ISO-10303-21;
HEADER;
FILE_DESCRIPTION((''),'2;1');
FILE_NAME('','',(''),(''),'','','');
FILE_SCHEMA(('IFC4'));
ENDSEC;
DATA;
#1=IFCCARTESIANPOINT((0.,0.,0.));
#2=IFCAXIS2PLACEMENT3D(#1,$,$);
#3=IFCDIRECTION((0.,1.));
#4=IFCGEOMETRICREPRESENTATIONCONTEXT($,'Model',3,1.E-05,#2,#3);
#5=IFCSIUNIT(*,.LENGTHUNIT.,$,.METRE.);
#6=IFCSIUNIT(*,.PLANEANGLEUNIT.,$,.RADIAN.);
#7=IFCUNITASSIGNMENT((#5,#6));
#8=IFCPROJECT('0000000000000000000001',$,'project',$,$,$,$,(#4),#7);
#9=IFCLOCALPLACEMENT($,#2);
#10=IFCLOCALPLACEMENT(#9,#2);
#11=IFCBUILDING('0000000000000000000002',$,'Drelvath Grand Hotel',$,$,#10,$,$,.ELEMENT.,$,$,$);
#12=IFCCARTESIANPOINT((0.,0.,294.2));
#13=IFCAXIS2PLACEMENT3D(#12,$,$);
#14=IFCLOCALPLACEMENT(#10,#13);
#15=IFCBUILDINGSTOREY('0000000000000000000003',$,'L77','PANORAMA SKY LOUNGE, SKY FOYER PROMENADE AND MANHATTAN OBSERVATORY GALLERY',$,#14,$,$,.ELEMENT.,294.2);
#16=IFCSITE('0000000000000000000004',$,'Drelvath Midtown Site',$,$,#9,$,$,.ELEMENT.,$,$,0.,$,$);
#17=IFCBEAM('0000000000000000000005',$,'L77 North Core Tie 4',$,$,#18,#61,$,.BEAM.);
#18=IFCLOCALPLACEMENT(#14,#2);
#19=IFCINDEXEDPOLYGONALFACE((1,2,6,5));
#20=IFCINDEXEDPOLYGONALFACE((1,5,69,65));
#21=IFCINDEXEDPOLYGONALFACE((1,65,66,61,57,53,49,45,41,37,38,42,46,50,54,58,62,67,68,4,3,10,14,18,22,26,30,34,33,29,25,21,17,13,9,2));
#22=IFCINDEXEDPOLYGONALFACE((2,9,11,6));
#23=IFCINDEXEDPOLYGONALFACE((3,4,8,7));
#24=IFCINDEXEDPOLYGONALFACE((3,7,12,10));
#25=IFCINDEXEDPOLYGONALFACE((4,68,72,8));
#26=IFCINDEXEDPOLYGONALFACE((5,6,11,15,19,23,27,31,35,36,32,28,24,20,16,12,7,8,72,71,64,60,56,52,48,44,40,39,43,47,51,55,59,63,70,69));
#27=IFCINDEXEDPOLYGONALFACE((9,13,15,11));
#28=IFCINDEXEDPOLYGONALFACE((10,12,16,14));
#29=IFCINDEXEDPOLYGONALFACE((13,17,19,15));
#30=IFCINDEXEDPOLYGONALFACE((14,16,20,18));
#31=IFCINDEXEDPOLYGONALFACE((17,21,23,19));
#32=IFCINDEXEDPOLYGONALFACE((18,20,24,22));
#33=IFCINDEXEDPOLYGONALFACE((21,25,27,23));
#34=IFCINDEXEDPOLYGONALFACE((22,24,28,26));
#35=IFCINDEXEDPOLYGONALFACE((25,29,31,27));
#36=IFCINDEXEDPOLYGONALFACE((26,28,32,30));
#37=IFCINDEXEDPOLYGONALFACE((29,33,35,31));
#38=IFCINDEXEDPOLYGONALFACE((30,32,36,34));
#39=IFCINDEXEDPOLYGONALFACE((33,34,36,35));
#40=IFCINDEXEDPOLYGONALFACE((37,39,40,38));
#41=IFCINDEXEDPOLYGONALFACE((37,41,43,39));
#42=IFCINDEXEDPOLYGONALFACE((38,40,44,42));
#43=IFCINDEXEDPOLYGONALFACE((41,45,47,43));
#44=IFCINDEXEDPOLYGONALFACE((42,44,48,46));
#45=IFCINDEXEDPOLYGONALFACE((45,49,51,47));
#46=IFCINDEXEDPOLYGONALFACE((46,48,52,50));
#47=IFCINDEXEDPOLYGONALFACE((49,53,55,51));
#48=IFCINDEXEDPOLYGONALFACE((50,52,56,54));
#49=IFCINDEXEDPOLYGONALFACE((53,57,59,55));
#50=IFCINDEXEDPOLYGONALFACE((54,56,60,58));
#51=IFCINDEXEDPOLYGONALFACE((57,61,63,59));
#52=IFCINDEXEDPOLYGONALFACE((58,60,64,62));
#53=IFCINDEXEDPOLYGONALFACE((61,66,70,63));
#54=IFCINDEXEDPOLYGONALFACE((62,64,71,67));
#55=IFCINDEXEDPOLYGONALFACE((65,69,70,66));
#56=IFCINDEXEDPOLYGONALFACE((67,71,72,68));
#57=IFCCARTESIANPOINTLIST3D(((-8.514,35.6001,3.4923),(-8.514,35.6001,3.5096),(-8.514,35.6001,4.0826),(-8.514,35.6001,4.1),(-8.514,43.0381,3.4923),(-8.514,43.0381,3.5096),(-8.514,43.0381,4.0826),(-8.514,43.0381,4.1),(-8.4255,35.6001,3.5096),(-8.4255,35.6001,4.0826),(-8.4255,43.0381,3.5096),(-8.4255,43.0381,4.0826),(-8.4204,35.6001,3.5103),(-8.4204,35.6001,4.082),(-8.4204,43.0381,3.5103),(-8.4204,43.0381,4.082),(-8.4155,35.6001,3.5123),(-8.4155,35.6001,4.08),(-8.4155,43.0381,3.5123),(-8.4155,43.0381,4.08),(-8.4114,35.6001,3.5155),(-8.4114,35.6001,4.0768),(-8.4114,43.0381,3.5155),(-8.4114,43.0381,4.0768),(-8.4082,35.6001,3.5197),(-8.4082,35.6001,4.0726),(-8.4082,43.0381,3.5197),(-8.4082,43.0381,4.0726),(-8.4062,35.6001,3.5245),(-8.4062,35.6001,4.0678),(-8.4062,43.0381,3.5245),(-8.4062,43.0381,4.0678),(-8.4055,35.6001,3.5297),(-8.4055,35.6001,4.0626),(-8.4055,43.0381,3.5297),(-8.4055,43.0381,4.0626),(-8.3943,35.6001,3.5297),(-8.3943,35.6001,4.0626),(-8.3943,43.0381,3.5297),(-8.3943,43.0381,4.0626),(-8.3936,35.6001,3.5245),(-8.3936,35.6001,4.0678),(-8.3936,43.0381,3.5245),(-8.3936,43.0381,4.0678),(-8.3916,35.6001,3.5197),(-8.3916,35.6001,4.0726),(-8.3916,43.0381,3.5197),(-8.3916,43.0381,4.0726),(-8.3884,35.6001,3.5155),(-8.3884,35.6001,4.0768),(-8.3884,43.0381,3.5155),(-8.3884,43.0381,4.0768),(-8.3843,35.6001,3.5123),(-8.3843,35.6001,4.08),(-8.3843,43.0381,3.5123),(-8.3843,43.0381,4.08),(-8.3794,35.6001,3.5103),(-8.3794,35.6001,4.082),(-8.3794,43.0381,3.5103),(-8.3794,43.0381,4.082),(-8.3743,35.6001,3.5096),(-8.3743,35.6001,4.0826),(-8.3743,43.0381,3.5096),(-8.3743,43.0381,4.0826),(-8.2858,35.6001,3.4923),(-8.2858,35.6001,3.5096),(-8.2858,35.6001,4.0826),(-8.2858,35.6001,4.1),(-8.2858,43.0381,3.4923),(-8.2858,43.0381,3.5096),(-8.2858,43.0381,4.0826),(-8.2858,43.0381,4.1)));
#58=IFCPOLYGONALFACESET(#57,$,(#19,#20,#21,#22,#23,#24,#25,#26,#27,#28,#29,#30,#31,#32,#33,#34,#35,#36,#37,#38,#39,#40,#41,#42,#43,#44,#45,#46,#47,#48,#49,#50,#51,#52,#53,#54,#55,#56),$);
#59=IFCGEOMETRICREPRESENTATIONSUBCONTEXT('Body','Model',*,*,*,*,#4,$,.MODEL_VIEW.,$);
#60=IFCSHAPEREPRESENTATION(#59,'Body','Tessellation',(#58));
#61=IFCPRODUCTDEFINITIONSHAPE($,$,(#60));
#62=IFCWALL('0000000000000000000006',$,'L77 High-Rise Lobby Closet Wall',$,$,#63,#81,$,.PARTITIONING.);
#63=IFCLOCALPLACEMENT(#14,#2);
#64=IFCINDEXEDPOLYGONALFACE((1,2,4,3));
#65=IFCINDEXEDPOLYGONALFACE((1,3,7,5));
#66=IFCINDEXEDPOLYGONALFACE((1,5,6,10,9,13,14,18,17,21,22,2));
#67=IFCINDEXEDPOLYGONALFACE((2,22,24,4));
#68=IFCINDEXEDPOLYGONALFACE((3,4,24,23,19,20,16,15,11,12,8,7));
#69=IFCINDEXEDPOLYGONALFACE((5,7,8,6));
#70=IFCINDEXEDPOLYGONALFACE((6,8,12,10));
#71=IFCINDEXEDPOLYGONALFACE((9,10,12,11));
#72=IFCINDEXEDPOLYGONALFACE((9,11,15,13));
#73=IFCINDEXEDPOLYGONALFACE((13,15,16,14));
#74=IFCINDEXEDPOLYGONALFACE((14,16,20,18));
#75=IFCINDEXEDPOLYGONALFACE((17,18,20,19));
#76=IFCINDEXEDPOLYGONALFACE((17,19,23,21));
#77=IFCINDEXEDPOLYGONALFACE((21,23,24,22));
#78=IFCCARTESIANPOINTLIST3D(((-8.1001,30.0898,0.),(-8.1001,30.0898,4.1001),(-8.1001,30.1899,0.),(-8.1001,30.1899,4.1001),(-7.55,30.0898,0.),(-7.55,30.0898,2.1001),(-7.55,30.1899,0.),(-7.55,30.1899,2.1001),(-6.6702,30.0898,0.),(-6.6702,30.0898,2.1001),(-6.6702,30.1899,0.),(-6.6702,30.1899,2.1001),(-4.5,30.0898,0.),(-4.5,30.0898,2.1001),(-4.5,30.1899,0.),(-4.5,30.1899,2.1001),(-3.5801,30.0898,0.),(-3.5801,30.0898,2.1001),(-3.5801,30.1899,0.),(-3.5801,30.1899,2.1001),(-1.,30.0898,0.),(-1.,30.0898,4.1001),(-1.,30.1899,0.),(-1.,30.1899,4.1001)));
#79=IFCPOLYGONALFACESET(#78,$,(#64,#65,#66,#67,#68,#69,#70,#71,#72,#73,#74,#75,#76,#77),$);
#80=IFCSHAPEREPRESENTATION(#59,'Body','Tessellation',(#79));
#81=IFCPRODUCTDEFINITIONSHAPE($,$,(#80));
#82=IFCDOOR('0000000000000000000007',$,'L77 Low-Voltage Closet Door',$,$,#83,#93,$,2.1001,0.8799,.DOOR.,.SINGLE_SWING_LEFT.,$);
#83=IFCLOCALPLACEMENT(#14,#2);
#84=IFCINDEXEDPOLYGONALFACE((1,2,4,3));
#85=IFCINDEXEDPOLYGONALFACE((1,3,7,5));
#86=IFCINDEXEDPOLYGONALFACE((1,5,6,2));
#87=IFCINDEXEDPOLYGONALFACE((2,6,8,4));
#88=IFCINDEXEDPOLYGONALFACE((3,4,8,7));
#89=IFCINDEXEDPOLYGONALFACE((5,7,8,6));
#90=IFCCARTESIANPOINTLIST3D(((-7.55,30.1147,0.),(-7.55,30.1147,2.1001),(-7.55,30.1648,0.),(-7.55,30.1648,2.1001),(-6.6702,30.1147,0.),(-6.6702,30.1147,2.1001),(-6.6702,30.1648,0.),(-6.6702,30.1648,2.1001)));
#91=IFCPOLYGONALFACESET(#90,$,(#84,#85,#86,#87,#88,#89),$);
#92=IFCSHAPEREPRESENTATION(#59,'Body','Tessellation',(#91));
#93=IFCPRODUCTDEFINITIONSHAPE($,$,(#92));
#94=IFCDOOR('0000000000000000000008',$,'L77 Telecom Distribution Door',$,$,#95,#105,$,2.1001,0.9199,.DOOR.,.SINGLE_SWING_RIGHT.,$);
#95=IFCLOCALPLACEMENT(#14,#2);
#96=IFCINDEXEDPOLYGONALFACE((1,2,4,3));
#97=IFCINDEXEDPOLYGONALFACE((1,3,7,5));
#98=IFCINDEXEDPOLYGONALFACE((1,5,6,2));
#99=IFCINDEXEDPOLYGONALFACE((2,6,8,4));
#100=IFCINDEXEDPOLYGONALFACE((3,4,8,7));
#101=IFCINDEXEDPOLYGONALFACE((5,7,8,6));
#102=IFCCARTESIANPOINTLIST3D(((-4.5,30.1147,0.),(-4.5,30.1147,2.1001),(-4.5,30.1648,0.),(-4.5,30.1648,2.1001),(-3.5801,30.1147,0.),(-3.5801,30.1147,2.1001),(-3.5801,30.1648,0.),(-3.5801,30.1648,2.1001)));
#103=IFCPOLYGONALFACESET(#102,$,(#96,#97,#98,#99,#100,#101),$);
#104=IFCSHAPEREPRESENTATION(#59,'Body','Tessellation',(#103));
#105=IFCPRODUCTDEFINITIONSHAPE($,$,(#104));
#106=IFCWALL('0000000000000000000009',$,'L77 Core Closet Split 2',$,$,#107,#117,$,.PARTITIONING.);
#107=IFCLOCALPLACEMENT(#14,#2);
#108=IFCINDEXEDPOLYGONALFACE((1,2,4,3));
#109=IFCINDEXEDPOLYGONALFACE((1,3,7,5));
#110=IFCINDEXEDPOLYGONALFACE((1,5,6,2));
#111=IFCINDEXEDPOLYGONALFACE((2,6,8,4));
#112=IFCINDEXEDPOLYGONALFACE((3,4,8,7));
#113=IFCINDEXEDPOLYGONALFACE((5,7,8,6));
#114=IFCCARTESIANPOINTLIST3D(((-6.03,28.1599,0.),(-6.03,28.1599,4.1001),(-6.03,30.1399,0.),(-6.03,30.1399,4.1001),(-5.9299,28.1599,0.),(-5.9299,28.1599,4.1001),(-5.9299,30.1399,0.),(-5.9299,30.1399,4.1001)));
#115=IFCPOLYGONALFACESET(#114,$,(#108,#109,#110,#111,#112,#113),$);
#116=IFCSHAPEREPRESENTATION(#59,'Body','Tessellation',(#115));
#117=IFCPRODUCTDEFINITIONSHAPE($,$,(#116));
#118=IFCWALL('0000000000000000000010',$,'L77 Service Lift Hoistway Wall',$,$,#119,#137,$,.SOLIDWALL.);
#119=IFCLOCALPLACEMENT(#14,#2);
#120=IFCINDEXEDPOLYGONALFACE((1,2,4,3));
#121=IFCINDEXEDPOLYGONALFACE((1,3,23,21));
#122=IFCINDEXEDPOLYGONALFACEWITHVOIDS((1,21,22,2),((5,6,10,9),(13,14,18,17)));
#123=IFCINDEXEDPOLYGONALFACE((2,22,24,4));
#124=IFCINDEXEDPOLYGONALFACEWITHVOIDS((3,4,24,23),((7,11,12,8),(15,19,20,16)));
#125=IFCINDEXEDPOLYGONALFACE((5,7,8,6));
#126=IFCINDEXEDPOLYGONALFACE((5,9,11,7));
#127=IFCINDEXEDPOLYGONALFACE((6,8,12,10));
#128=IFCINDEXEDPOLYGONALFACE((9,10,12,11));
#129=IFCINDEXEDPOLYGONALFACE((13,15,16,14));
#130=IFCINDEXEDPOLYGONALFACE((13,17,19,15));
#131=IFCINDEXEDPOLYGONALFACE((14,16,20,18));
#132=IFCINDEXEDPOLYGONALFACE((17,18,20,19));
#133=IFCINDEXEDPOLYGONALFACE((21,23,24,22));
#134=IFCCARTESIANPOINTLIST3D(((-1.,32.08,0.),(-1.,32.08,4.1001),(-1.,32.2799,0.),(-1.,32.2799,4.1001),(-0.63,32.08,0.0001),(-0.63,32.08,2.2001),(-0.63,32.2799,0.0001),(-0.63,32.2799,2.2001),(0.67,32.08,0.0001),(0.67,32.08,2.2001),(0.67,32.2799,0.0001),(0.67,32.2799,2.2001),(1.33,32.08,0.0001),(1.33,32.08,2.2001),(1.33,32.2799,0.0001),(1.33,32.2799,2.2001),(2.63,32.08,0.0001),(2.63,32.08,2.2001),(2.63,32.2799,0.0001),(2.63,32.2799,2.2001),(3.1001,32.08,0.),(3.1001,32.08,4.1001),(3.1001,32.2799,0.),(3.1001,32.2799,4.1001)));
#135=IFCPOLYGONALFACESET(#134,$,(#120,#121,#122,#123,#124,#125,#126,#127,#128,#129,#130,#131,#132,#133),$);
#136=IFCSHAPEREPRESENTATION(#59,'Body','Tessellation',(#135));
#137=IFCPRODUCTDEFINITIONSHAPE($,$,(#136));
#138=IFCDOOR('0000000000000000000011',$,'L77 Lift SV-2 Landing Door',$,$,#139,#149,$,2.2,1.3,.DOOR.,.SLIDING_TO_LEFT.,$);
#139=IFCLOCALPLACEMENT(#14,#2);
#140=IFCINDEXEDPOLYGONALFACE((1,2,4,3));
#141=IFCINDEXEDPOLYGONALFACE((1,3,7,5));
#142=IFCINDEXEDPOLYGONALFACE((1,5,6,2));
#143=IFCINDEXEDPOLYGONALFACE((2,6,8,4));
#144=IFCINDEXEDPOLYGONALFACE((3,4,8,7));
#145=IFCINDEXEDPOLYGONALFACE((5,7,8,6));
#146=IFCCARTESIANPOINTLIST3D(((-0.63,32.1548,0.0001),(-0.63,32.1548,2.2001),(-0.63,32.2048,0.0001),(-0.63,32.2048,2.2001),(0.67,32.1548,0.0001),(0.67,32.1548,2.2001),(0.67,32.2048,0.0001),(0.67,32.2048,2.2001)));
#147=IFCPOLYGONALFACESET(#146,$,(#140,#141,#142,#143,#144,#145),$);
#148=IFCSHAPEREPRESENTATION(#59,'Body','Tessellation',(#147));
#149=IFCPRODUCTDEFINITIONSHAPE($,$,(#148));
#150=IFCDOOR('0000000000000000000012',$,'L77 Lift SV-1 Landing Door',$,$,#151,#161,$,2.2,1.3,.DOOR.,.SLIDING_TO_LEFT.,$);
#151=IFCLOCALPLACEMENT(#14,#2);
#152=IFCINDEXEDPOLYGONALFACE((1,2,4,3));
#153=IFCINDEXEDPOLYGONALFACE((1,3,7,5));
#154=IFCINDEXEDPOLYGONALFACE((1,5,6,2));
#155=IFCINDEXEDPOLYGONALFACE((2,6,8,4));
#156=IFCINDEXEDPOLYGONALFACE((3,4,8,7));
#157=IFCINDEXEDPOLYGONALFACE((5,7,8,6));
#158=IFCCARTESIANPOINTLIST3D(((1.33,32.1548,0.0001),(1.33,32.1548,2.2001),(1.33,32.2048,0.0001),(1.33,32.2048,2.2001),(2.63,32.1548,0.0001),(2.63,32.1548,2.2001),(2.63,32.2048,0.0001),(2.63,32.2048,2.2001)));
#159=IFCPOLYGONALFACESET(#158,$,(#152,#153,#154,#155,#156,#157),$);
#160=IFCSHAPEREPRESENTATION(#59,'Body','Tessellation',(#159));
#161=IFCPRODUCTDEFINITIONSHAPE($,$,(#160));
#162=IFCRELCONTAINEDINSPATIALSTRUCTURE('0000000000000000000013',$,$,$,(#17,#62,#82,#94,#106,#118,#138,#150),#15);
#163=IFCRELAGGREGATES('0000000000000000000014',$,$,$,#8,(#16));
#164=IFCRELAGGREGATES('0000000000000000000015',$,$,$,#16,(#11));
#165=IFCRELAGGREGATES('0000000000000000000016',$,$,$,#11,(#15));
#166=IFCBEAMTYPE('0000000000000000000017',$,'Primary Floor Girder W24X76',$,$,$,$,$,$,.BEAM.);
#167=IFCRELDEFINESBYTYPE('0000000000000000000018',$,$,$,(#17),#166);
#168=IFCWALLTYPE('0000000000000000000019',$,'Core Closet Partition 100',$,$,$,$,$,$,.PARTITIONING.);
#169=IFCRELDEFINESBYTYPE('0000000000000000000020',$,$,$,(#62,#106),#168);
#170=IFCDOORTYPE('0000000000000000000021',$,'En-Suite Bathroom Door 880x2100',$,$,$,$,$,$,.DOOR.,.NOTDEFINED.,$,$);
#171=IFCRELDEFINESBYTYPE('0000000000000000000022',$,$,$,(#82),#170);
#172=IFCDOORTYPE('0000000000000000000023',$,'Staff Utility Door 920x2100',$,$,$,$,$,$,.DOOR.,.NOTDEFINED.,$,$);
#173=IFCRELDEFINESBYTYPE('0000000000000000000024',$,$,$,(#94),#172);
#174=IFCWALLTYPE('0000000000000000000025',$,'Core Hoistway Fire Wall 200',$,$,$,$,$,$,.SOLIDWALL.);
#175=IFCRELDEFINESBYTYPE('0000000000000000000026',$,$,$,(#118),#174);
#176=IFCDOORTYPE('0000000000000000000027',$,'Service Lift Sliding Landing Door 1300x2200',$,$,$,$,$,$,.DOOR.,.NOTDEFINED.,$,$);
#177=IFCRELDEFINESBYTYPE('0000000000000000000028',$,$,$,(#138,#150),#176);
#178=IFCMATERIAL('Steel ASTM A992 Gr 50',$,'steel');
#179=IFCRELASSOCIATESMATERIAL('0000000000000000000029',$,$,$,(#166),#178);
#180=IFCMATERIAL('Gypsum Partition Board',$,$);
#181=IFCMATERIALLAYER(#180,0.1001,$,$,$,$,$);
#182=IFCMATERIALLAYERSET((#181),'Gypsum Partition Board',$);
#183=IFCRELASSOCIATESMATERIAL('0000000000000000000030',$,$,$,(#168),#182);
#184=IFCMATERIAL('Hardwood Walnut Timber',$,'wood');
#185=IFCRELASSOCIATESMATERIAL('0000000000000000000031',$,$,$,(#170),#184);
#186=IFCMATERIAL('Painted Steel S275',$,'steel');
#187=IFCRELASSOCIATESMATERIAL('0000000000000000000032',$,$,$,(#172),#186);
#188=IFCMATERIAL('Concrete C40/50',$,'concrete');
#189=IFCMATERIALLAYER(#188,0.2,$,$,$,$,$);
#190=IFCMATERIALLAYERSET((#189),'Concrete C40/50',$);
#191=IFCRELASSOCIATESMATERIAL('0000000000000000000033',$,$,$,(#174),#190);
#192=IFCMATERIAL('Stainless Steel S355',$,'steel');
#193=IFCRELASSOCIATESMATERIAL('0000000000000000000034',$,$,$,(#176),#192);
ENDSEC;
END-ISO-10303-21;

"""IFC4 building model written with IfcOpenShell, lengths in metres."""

from ifc_helpers import new_model, si_unit, direction, frame, frame_2d, origin, origin_2d, place, context, subcontext, project, spatial, rectangle, i_section, extrude, material, layer, layer_set, material_profile, profile_set, type_object, element, fill, save


model = new_model("IFC4")

# Units and contexts
model_context = context("Model", 3, precision=1e-05, world=origin(), true_north=direction((0.0, 1.0)))
body_context = subcontext(model_context, "Body", "Model", "MODEL_VIEW")
ifc_project = project(units=[si_unit("LENGTHUNIT", "METRE"), si_unit("PLANEANGLEUNIT", "RADIAN")], contexts=[model_context])

# Site, building, storey
site_placement = place(None, origin())
site = spatial("IfcSite", under=ifc_project, at=site_placement, Name="Drelvath Midtown Site", CompositionType="ELEMENT", RefElevation=0.0)
building_placement = place(site_placement, origin())
building = spatial("IfcBuilding", under=site, at=building_placement, Name="Drelvath Grand Hotel", CompositionType="ELEMENT")
storey_placement = place(building_placement, frame((0.0, 0.0, 294.2)))
storey = spatial("IfcBuildingStorey", under=building, at=storey_placement, Name="L77", Description="PANORAMA SKY LOUNGE, SKY FOYER PROMENADE AND MANHATTAN OBSERVATORY GALLERY", CompositionType="ELEMENT", Elevation=294.2)

# Beam
ifc_material_1 = material(Name="Steel ASTM A992 Gr 50", Category="steel")
ifc_material_profile_1 = material_profile(ifc_material_1, i_section(OverallWidth=0.2283, OverallDepth=0.6077, WebThickness=0.0112, FlangeThickness=0.0173, FilletRadius=0.02, at=origin_2d()), Name="W24X76")
ifc_profile_set_1 = profile_set([ifc_material_profile_1], Name="Steel ASTM A992 Gr 50")
beam_type_1 = type_object("IfcBeamType", Name="Primary Floor Girder W24X76", PredefinedType="BEAM", material=ifc_profile_set_1)
for number, where, z_axis, x_axis, name in (
    (1, (-8.3999, 35.6001, 3.7961), (0.0, 1.0, 0.0), (-1.0, 0.0, 0.0), "L77 North Core Tie 4"),
):
    element("IfcBeam", number, at=place(storey_placement, frame(where, z_axis=z_axis, x_axis=x_axis)), inside=storey, type_object=beam_type_1, Name=name, PredefinedType="BEAM", context=body_context, shape_type="SweptSolid", body=[
        extrude(i_section(OverallWidth=0.2283, OverallDepth=0.6077, WebThickness=0.0112, FlangeThickness=0.0173, FilletRadius=0.02, at=origin_2d()), origin(), (0.0, 0.0, 1.0), 7.438),
    ])

# Wall, openings, doors
ifc_material_2 = material(Name="Gypsum Partition Board")
ifc_layer_1 = layer(ifc_material_2, 0.1001)
ifc_layer_set_1 = layer_set([ifc_layer_1], Name="Gypsum Partition Board")
wall_type_1 = type_object("IfcWallType", Name="Core Closet Partition 100", PredefinedType="PARTITIONING", material=ifc_layer_set_1)
wall_1_placement = place(storey_placement, frame((-8.1001, 30.1399, 0.0), z_axis=(0.0, 0.0, 1.0), x_axis=(1.0, 0.0, 0.0)))
wall_1 = element("IfcWall", 2, at=wall_1_placement, inside=storey, type_object=wall_type_1, Name="L77 High-Rise Lobby Closet Wall", PredefinedType="PARTITIONING", context=body_context, shape_type="SweptSolid", body=[
    extrude(rectangle(XDim=7.1001, YDim=0.1001, at=frame_2d((3.55, 0.0))), origin(), (0.0, 0.0, 1.0), 4.1001),
])
opening_1_placement = place(wall_1_placement, frame((0.55, 0.0, 0.0)))
opening_1 = element("IfcOpeningElement", 3, at=opening_1_placement, cuts=wall_1, PredefinedType="OPENING", context=body_context, shape_type="SweptSolid", body=[
    extrude(rectangle(XDim=0.8799, YDim=2.1001, at=frame_2d((0.4399, 1.05))), frame((0.0, 0.0601, 0.0), z_axis=(0.0, -1.0, 0.0), x_axis=(1.0, 0.0, 0.0)), (0.0, 0.0, 1.0), 0.1201),
])
opening_2_placement = place(wall_1_placement, frame((3.6001, 0.0, 0.0)))
opening_2 = element("IfcOpeningElement", 4, at=opening_2_placement, cuts=wall_1, PredefinedType="OPENING", context=body_context, shape_type="SweptSolid", body=[
    extrude(rectangle(XDim=0.9199, YDim=2.1001, at=frame_2d((0.46, 1.05))), frame((0.0, 0.0601, 0.0), z_axis=(0.0, -1.0, 0.0), x_axis=(1.0, 0.0, 0.0)), (0.0, 0.0, 1.0), 0.1201),
])
ifc_material_3 = material(Name="Hardwood Walnut Timber", Category="wood")
door_type_1 = type_object("IfcDoorType", Name="En-Suite Bathroom Door 880x2100", OperationType="NOTDEFINED", PredefinedType="DOOR", material=ifc_material_3)
door_1_placement = place(opening_1_placement, origin())
door_1 = element("IfcDoor", 5, at=door_1_placement, inside=storey, type_object=door_type_1, Name="L77 Low-Voltage Closet Door", OperationType="SINGLE_SWING_LEFT", OverallHeight=2.1001, OverallWidth=0.8799, PredefinedType="DOOR", context=body_context, shape_type="SweptSolid", body=[
    extrude(rectangle(XDim=0.8799, YDim=2.1001, at=frame_2d((0.4399, 1.05))), frame((0.0, 0.0249, 0.0), z_axis=(0.0, -1.0, 0.0), x_axis=(1.0, 0.0, 0.0)), (0.0, 0.0, 1.0), 0.05),
])
fill(opening_1, door_1)
ifc_material_4 = material(Name="Painted Steel S275", Category="steel")
door_type_2 = type_object("IfcDoorType", Name="Staff Utility Door 920x2100", OperationType="NOTDEFINED", PredefinedType="DOOR", material=ifc_material_4)
door_2_placement = place(opening_2_placement, origin())
door_2 = element("IfcDoor", 6, at=door_2_placement, inside=storey, type_object=door_type_2, Name="L77 Telecom Distribution Door", OperationType="SINGLE_SWING_RIGHT", OverallHeight=2.1001, OverallWidth=0.9199, PredefinedType="DOOR", context=body_context, shape_type="SweptSolid", body=[
    extrude(rectangle(XDim=0.9199, YDim=2.1001, at=frame_2d((0.46, 1.05))), frame((0.0, 0.0249, 0.0), z_axis=(0.0, -1.0, 0.0), x_axis=(1.0, 0.0, 0.0)), (0.0, 0.0, 1.0), 0.05),
])
fill(opening_2, door_2)

# Wall
wall_2_placement = place(storey_placement, frame((-5.98, 28.1599, 0.0), z_axis=(0.0, 0.0, 1.0), x_axis=(0.0, 1.0, 0.0)))
element("IfcWall", 7, at=wall_2_placement, inside=storey, type_object=wall_type_1, Name="L77 Core Closet Split 2", PredefinedType="PARTITIONING", context=body_context, shape_type="SweptSolid", body=[
    extrude(rectangle(XDim=1.98, YDim=0.1001, at=frame_2d((0.99, 0.0))), origin(), (0.0, 0.0, 1.0), 4.1001),
])

# Wall, openings, doors
ifc_material_5 = material(Name="Concrete C40/50", Category="concrete")
ifc_layer_2 = layer(ifc_material_5, 0.2)
ifc_layer_set_2 = layer_set([ifc_layer_2], Name="Concrete C40/50")
wall_type_2 = type_object("IfcWallType", Name="Core Hoistway Fire Wall 200", PredefinedType="SOLIDWALL", material=ifc_layer_set_2)
wall_3_placement = place(storey_placement, frame((-1.0, 32.1799, 0.0), z_axis=(0.0, 0.0, 1.0), x_axis=(1.0, 0.0, 0.0)))
wall_3 = element("IfcWall", 8, at=wall_3_placement, inside=storey, type_object=wall_type_2, Name="L77 Service Lift Hoistway Wall", PredefinedType="SOLIDWALL", context=body_context, shape_type="SweptSolid", body=[
    extrude(rectangle(XDim=4.1001, YDim=0.2, at=frame_2d((2.05, 0.0))), origin(), (0.0, 0.0, 1.0), 4.1001),
])
opening_3_placement = place(wall_3_placement, frame((0.3701, 0.0, 0.0)))
opening_3 = element("IfcOpeningElement", 9, at=opening_3_placement, cuts=wall_3, PredefinedType="OPENING", context=body_context, shape_type="SweptSolid", body=[
    extrude(rectangle(XDim=1.3, YDim=2.2, at=frame_2d((0.6499, 1.1001))), frame((0.0, 0.1099, 0.0), z_axis=(0.0, -1.0, 0.0), x_axis=(1.0, 0.0, 0.0)), (0.0, 0.0, 1.0), 0.22),
])
opening_4_placement = place(wall_3_placement, frame((2.3301, 0.0, 0.0)))
opening_4 = element("IfcOpeningElement", 10, at=opening_4_placement, cuts=wall_3, PredefinedType="OPENING", context=body_context, shape_type="SweptSolid", body=[
    extrude(rectangle(XDim=1.3, YDim=2.2, at=frame_2d((0.6499, 1.1001))), frame((0.0, 0.1099, 0.0), z_axis=(0.0, -1.0, 0.0), x_axis=(1.0, 0.0, 0.0)), (0.0, 0.0, 1.0), 0.22),
])
ifc_material_6 = material(Name="Stainless Steel S355", Category="steel")
door_type_3 = type_object("IfcDoorType", Name="Service Lift Sliding Landing Door 1300x2200", OperationType="NOTDEFINED", PredefinedType="DOOR", material=ifc_material_6)
door_3_placement = place(opening_3_placement, origin())
door_3 = element("IfcDoor", 11, at=door_3_placement, inside=storey, type_object=door_type_3, Name="L77 Lift SV-2 Landing Door", OperationType="SLIDING_TO_LEFT", OverallHeight=2.2, OverallWidth=1.3, PredefinedType="DOOR", context=body_context, shape_type="SweptSolid", body=[
    extrude(rectangle(XDim=1.3, YDim=2.2, at=frame_2d((0.6499, 1.1001))), frame((0.0, 0.0249, 0.0), z_axis=(0.0, -1.0, 0.0), x_axis=(1.0, 0.0, 0.0)), (0.0, 0.0, 1.0), 0.05),
])
fill(opening_3, door_3)
door_4_placement = place(opening_4_placement, origin())
door_4 = element("IfcDoor", 12, at=door_4_placement, inside=storey, type_object=door_type_3, Name="L77 Lift SV-1 Landing Door", OperationType="SLIDING_TO_LEFT", OverallHeight=2.2, OverallWidth=1.3, PredefinedType="DOOR", context=body_context, shape_type="SweptSolid", body=[
    extrude(rectangle(XDim=1.3, YDim=2.2, at=frame_2d((0.6499, 1.1001))), frame((0.0, 0.0249, 0.0), z_axis=(0.0, -1.0, 0.0), x_axis=(1.0, 0.0, 0.0)), (0.0, 0.0, 1.0), 0.05),
])
fill(opening_4, door_4)

save(model, "model.ifc")
